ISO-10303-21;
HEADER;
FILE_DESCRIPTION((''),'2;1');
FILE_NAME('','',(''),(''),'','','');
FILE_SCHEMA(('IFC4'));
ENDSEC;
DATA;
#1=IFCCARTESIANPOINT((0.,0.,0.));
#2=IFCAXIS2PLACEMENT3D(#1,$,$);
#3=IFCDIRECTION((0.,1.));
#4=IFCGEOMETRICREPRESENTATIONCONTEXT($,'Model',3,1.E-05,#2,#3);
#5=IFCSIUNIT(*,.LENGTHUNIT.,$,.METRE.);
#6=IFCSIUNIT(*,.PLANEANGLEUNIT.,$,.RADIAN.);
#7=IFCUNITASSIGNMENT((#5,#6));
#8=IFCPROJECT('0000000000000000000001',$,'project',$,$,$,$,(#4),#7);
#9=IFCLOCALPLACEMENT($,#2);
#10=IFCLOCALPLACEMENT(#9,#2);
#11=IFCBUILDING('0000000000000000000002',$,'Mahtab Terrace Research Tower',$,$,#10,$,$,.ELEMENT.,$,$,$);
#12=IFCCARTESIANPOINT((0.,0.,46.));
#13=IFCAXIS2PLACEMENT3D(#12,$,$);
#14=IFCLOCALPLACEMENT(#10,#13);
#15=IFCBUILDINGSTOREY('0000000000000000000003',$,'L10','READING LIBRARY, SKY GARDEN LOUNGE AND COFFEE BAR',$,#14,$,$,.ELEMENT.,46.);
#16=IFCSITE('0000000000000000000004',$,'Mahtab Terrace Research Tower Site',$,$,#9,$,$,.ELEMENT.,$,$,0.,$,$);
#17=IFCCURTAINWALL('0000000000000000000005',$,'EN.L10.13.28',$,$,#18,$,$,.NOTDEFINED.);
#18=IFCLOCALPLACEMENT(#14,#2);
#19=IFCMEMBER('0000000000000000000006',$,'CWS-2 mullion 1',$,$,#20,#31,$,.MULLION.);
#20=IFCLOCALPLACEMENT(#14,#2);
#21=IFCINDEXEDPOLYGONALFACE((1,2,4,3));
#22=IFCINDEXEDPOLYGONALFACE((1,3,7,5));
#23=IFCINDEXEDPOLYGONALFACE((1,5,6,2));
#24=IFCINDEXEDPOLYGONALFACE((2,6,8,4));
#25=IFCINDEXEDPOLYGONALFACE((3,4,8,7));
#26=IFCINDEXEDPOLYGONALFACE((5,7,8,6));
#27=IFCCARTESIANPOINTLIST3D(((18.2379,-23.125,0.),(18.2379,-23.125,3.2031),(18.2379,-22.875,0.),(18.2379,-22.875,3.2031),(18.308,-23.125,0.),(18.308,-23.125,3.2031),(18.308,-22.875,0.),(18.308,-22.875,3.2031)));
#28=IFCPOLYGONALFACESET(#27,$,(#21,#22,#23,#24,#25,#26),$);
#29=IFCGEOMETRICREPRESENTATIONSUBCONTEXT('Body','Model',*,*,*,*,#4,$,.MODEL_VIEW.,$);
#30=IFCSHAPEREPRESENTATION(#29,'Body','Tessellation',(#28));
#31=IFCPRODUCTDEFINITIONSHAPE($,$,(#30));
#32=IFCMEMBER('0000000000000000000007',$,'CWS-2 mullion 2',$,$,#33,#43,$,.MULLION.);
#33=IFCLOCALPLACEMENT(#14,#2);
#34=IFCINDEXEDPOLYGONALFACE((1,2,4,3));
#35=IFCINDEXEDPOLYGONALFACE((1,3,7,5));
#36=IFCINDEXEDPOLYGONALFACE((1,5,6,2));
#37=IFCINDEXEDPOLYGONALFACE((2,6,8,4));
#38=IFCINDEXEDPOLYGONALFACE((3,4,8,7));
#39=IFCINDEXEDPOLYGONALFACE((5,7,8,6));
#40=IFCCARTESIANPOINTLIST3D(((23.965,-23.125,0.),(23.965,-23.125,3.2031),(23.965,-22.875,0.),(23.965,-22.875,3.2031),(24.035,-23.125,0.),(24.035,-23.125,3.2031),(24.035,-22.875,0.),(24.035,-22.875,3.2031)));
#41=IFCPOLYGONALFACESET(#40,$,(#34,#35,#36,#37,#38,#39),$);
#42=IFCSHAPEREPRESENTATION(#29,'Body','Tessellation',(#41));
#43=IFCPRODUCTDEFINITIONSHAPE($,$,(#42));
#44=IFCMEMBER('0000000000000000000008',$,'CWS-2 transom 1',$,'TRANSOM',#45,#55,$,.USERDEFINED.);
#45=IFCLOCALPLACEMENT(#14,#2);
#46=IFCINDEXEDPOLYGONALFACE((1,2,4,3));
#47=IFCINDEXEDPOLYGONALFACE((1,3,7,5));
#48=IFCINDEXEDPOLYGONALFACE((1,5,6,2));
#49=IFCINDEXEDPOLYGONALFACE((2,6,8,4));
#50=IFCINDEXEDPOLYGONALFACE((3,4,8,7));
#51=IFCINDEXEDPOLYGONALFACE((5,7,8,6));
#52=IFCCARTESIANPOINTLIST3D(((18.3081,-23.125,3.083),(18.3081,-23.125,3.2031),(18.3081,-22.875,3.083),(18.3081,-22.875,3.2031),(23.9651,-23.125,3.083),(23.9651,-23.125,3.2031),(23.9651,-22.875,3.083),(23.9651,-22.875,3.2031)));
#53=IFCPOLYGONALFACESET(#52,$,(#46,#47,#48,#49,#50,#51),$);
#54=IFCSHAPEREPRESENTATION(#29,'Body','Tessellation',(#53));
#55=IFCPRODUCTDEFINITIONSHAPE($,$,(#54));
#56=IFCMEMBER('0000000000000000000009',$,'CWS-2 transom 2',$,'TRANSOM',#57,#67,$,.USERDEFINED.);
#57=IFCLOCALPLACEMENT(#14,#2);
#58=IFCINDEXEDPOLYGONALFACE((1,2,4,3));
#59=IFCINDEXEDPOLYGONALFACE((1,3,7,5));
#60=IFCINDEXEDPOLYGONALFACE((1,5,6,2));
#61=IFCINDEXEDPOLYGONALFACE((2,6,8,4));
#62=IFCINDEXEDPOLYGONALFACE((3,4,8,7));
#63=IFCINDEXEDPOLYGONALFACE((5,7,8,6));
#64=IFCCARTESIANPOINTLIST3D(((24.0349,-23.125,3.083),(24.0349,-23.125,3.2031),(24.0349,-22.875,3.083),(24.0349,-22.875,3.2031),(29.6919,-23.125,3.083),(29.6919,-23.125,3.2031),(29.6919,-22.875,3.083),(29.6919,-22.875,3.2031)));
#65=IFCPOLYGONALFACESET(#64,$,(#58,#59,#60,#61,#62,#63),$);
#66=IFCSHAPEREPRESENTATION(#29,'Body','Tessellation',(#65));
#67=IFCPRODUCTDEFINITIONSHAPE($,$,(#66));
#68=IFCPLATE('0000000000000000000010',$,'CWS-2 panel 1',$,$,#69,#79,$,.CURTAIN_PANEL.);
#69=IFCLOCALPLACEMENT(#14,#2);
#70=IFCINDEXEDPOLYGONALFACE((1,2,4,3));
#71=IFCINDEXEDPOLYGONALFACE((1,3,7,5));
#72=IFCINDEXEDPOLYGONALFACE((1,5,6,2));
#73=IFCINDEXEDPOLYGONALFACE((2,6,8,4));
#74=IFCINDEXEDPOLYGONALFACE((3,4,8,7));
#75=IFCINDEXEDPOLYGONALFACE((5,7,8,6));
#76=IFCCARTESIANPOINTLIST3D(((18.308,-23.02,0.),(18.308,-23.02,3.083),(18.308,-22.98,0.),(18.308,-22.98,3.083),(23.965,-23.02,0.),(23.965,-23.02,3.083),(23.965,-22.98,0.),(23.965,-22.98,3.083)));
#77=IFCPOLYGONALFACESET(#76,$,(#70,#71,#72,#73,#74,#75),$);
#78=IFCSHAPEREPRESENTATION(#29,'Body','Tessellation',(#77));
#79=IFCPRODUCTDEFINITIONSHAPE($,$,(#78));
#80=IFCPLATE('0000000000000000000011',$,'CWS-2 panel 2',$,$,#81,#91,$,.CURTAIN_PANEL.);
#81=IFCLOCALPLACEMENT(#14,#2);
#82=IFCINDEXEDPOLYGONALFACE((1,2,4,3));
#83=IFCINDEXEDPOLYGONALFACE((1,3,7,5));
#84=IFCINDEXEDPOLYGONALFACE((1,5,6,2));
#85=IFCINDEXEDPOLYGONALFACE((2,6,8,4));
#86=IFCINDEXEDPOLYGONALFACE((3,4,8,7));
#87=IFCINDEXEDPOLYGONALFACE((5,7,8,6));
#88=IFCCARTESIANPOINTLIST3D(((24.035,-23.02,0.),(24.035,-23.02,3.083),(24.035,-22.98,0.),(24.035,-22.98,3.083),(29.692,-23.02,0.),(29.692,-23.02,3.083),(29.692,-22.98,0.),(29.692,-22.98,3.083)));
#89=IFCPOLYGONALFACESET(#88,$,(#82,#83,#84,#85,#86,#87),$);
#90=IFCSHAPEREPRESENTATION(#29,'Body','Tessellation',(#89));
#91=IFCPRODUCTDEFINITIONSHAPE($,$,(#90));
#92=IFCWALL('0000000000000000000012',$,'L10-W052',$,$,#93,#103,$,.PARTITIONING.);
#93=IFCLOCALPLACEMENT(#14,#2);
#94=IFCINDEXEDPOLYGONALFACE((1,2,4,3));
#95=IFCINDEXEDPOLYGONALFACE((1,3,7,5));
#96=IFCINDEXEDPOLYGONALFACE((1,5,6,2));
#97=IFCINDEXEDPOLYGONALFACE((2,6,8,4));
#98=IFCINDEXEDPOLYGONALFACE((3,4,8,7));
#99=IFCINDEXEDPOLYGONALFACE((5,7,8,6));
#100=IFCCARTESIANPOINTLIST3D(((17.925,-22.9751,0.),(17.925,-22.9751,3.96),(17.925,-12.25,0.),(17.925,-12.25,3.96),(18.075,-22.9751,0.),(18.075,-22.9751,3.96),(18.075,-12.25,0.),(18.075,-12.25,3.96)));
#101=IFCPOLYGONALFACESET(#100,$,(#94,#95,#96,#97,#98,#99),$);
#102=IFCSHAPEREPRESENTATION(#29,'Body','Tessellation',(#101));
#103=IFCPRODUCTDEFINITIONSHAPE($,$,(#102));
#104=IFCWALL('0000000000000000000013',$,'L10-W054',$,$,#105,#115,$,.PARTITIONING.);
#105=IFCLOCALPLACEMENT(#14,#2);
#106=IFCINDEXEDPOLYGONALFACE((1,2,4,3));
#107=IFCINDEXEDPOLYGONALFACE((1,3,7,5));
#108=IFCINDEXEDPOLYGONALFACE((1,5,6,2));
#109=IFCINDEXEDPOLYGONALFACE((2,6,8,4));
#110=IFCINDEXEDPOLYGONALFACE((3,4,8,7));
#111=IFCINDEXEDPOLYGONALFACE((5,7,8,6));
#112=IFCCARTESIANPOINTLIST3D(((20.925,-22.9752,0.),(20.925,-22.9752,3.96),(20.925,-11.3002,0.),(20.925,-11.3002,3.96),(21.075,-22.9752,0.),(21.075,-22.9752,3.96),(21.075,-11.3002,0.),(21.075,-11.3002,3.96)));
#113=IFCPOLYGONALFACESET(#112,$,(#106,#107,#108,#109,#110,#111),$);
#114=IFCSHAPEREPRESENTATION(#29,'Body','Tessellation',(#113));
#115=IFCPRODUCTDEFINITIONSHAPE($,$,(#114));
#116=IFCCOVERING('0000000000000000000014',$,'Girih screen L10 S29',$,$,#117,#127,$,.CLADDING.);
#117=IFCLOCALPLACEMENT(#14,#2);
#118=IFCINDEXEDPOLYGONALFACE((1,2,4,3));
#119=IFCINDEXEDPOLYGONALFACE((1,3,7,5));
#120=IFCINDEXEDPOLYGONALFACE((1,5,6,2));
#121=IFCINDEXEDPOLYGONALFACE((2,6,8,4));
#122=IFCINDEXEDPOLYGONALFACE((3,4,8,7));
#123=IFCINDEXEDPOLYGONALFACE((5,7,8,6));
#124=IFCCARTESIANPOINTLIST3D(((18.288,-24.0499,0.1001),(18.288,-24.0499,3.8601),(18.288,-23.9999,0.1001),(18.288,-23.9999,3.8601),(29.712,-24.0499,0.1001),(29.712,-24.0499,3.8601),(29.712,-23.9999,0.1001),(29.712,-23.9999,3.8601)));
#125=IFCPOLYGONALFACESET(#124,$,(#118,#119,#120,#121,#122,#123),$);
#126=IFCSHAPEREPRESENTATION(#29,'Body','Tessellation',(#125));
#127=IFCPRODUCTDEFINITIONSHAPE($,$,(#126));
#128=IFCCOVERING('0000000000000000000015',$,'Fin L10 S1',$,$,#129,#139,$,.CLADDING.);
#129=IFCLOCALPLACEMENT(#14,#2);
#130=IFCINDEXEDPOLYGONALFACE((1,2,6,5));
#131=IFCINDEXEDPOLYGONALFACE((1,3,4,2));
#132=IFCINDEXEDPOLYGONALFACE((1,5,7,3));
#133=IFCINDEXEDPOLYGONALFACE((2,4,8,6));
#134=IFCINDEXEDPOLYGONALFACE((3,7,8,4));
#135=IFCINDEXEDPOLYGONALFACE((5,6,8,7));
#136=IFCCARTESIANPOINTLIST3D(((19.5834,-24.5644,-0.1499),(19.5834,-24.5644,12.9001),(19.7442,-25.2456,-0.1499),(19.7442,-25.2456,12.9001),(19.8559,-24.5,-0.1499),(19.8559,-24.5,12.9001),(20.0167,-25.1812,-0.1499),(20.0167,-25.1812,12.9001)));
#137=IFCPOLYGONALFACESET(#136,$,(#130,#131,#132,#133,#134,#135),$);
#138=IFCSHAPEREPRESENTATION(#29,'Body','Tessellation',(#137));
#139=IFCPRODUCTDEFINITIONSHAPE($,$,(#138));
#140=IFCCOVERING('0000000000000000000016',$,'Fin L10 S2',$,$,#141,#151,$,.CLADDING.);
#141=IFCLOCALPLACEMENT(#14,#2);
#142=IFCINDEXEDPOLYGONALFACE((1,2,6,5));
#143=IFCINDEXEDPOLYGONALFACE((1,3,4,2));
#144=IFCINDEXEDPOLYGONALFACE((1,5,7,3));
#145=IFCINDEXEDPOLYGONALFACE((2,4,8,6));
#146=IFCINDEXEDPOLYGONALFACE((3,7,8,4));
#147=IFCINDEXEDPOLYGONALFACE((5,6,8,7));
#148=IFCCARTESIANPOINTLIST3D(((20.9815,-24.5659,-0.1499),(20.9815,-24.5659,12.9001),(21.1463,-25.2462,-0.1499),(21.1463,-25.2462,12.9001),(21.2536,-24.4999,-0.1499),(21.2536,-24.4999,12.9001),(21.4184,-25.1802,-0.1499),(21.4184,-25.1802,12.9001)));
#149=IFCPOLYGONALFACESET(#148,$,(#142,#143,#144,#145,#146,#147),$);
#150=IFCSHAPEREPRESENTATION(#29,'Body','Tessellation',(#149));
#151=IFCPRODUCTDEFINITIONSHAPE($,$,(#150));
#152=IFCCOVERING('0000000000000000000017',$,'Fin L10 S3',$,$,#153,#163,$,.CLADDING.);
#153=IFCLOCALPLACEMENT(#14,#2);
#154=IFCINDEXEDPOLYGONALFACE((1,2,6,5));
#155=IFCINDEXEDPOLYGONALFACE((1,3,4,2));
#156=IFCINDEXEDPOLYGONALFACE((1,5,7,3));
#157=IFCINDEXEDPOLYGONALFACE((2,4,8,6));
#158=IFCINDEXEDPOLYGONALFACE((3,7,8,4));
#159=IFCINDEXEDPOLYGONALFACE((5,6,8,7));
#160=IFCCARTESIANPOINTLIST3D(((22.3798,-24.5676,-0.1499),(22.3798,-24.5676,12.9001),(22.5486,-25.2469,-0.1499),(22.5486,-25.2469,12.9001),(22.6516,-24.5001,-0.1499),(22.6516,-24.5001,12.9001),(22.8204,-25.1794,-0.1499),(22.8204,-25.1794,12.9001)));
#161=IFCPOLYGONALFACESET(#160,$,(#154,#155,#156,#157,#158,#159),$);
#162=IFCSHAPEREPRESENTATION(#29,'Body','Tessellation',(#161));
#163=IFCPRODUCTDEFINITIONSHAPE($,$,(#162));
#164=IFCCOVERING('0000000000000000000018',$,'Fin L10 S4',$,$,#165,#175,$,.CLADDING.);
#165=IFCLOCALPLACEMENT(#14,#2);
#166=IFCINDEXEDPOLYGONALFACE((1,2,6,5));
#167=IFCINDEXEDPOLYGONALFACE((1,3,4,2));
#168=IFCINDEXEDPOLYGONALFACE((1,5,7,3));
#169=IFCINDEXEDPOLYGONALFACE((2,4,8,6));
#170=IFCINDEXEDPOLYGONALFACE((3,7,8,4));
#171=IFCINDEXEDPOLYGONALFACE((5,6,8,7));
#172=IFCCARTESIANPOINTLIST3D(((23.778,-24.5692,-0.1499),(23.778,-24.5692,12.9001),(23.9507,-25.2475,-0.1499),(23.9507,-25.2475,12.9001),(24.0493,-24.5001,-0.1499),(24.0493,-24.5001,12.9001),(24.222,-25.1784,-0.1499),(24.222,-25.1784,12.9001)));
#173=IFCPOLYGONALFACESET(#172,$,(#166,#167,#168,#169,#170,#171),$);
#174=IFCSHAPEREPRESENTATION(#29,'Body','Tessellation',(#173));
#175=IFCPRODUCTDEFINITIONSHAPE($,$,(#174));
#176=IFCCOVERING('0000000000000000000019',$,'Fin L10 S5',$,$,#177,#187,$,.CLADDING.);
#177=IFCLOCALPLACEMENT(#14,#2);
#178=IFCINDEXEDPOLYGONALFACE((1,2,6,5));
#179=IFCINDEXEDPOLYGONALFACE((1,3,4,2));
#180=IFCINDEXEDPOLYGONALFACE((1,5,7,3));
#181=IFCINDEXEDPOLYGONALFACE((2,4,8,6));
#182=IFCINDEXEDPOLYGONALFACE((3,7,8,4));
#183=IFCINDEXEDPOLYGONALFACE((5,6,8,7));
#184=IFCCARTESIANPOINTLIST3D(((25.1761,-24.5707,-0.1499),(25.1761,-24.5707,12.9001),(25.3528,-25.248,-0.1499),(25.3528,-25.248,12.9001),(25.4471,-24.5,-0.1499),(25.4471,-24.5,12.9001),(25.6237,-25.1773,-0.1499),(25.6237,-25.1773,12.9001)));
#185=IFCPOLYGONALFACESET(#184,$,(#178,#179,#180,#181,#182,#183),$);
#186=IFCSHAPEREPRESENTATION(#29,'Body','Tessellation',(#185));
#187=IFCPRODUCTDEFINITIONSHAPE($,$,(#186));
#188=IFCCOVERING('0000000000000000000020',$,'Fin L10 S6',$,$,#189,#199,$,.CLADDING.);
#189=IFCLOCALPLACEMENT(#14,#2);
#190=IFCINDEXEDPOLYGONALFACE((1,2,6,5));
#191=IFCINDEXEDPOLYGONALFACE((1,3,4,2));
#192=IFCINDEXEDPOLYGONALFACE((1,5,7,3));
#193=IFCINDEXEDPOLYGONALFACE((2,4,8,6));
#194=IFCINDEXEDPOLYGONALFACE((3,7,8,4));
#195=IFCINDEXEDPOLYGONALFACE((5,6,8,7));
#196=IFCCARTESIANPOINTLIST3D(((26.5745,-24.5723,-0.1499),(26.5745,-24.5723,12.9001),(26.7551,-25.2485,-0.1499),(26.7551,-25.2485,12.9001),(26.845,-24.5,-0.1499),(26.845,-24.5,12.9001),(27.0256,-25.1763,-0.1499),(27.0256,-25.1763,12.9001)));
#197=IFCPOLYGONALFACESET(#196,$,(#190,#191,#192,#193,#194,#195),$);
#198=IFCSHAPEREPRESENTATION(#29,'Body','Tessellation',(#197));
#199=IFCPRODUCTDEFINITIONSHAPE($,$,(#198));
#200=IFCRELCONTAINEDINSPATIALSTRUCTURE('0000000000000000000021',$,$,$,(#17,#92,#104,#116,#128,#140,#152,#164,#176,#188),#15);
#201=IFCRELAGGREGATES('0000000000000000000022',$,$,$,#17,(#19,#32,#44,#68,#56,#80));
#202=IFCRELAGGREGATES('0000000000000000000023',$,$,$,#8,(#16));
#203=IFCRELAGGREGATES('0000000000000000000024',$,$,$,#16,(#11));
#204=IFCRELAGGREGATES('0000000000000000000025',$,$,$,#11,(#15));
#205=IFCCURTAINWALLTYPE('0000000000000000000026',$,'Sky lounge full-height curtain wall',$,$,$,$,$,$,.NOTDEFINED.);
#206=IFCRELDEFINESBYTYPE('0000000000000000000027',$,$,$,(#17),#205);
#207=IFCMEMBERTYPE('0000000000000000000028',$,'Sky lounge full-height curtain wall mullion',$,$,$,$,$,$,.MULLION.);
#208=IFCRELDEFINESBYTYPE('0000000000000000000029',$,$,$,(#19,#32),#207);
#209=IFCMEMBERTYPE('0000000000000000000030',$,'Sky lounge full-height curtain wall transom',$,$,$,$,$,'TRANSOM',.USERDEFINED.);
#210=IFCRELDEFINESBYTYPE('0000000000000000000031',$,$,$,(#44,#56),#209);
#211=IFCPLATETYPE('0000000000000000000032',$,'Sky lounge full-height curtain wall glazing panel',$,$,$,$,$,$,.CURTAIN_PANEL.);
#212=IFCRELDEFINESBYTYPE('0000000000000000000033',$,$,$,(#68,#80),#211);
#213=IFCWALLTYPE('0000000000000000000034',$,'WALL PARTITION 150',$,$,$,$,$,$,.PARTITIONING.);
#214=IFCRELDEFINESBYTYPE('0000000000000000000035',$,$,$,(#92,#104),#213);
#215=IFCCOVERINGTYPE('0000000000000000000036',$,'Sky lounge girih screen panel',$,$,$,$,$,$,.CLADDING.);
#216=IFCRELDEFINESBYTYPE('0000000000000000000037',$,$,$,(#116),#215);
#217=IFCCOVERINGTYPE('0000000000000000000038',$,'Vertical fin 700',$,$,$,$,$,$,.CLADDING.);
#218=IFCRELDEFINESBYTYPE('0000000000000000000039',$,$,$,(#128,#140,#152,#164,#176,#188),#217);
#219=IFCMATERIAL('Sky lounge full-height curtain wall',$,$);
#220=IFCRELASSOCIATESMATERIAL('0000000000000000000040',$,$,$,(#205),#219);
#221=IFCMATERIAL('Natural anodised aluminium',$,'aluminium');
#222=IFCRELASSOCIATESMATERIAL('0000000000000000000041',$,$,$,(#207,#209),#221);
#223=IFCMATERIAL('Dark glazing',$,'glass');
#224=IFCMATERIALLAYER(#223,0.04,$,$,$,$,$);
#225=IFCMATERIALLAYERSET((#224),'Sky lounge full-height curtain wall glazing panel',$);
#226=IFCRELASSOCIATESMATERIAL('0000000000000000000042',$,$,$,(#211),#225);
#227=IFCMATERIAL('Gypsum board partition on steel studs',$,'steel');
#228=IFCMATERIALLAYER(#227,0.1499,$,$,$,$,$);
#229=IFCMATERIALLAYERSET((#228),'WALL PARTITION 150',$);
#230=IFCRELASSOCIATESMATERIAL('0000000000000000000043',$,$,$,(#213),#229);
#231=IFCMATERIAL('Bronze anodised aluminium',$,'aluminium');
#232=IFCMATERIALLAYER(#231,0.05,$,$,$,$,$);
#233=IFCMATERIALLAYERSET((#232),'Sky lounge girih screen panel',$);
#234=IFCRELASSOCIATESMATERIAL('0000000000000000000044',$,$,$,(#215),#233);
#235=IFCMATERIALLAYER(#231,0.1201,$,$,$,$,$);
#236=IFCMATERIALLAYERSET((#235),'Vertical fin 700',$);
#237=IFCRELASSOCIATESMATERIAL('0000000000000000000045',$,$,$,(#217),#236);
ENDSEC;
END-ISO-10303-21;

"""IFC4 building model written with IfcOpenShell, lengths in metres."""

from ifc_helpers import new_model, si_unit, direction, frame, frame_2d, origin, origin_2d, place, context, subcontext, project, spatial, rectangle, extrude, material, layer, layer_set, material_profile, profile_set, type_object, element, aggregate, save


model = new_model("IFC4")

# Units and contexts
model_context = context("Model", 3, precision=1e-05, world=origin(), true_north=direction((0.0, 1.0)))
body_context = subcontext(model_context, "Body", "Model", "MODEL_VIEW")
ifc_project = project(units=[si_unit("LENGTHUNIT", "METRE"), si_unit("PLANEANGLEUNIT", "RADIAN")], contexts=[model_context])

# Site, building, storey
site_placement = place(None, origin())
site = spatial("IfcSite", under=ifc_project, at=site_placement, Name="Mahtab Terrace Research Tower Site", CompositionType="ELEMENT", RefElevation=0.0)
building_placement = place(site_placement, origin())
building = spatial("IfcBuilding", under=site, at=building_placement, Name="Mahtab Terrace Research Tower", CompositionType="ELEMENT")
storey_placement = place(building_placement, frame((0.0, 0.0, 46.0)))
storey = spatial("IfcBuildingStorey", under=building, at=storey_placement, Name="L10", Description="READING LIBRARY, SKY GARDEN LOUNGE AND COFFEE BAR", CompositionType="ELEMENT", Elevation=46.0)

# Curtain wall, members, plates
ifc_material_1 = material(Name="Sky lounge full-height curtain wall")
curtain_wall_type = type_object("IfcCurtainWallType", Name="Sky lounge full-height curtain wall", PredefinedType="NOTDEFINED", material=ifc_material_1)
curtain_wall_placement = place(storey_placement, origin())
curtain_wall = element("IfcCurtainWall", 1, at=curtain_wall_placement, inside=storey, type_object=curtain_wall_type, Name="EN.L10.13.28", PredefinedType="NOTDEFINED")
ifc_material_2 = material(Name="Natural anodised aluminium", Category="aluminium")
ifc_material_profile_1 = material_profile(ifc_material_2, rectangle(XDim=0.25, YDim=0.0701, at=origin_2d()), Name="MULLION 70x250")
ifc_profile_set_1 = profile_set([ifc_material_profile_1], Name="Natural anodised aluminium")
member_type_1 = type_object("IfcMemberType", Name="Sky lounge full-height curtain wall mullion", PredefinedType="MULLION", material=ifc_profile_set_1)
member_1_placement = place(storey_placement, frame((18.2729, -23.0, 0.0), z_axis=(0.0, 0.0, 1.0), x_axis=(0.0, 1.0, 0.0)))
member_1 = element("IfcMember", 2, at=member_1_placement, type_object=member_type_1, Name="CWS-2 mullion 1", PredefinedType="MULLION", context=body_context, shape_type="SweptSolid", body=[
    extrude(rectangle(XDim=0.25, YDim=0.0701, at=origin_2d()), origin(), (0.0, 0.0, 1.0), 3.2031),
])
member_2_placement = place(storey_placement, frame((24.0, -23.0, 0.0), z_axis=(0.0, 0.0, 1.0), x_axis=(0.0, 1.0, 0.0)))
member_2 = element("IfcMember", 3, at=member_2_placement, type_object=member_type_1, Name="CWS-2 mullion 2", PredefinedType="MULLION", context=body_context, shape_type="SweptSolid", body=[
    extrude(rectangle(XDim=0.25, YDim=0.0701, at=origin_2d()), origin(), (0.0, 0.0, 1.0), 3.2031),
])
ifc_material_profile_2 = material_profile(ifc_material_2, rectangle(XDim=0.25, YDim=0.1201, at=origin_2d()), Name="TRANSOM 120x250")
ifc_profile_set_2 = profile_set([ifc_material_profile_2], Name="Natural anodised aluminium")
member_type_2 = type_object("IfcMemberType", Name="Sky lounge full-height curtain wall transom", ElementType="TRANSOM", PredefinedType="USERDEFINED", material=ifc_profile_set_2)
member_3_placement = place(storey_placement, frame((18.3081, -23.0, 3.1431), z_axis=(1.0, 0.0, 0.0), x_axis=(0.0, 1.0, 0.0)))
member_3 = element("IfcMember", 4, at=member_3_placement, type_object=member_type_2, Name="CWS-2 transom 1", ObjectType="TRANSOM", PredefinedType="USERDEFINED", context=body_context, shape_type="SweptSolid", body=[
    extrude(rectangle(XDim=0.25, YDim=0.1201, at=origin_2d()), origin(), (0.0, 0.0, 1.0), 5.657),
])
member_4_placement = place(storey_placement, frame((24.0349, -23.0, 3.1431), z_axis=(1.0, 0.0, 0.0), x_axis=(0.0, 1.0, 0.0)))
member_4 = element("IfcMember", 5, at=member_4_placement, type_object=member_type_2, Name="CWS-2 transom 2", ObjectType="TRANSOM", PredefinedType="USERDEFINED", context=body_context, shape_type="SweptSolid", body=[
    extrude(rectangle(XDim=0.25, YDim=0.1201, at=origin_2d()), origin(), (0.0, 0.0, 1.0), 5.657),
])
ifc_material_3 = material(Name="Dark glazing", Category="glass")
ifc_layer_1 = layer(ifc_material_3, 0.04)
ifc_layer_set_1 = layer_set([ifc_layer_1], Name="Sky lounge full-height curtain wall glazing panel")
plate_type = type_object("IfcPlateType", Name="Sky lounge full-height curtain wall glazing panel", PredefinedType="CURTAIN_PANEL", material=ifc_layer_set_1)
plate_1_placement = place(storey_placement, frame((21.1365, -23.0, 0.0), z_axis=(0.0, 0.0, 1.0), x_axis=(1.0, 0.0, 0.0)))
plate_1 = element("IfcPlate", 6, at=plate_1_placement, type_object=plate_type, Name="CWS-2 panel 1", PredefinedType="CURTAIN_PANEL", context=body_context, shape_type="SweptSolid", body=[
    extrude(rectangle(XDim=5.657, YDim=0.04, at=origin_2d()), origin(), (0.0, 0.0, 1.0), 3.083),
])
plate_2_placement = place(storey_placement, frame((26.8635, -23.0, 0.0), z_axis=(0.0, 0.0, 1.0), x_axis=(1.0, 0.0, 0.0)))
plate_2 = element("IfcPlate", 7, at=plate_2_placement, type_object=plate_type, Name="CWS-2 panel 2", PredefinedType="CURTAIN_PANEL", context=body_context, shape_type="SweptSolid", body=[
    extrude(rectangle(XDim=5.657, YDim=0.04, at=origin_2d()), origin(), (0.0, 0.0, 1.0), 3.083),
])
aggregate(curtain_wall, [member_1, member_2, member_3, plate_1, member_4, plate_2])

# Walls
ifc_material_4 = material(Name="Gypsum board partition on steel studs", Category="steel")
ifc_layer_2 = layer(ifc_material_4, 0.1499)
ifc_layer_set_2 = layer_set([ifc_layer_2], Name="WALL PARTITION 150")
wall_type = type_object("IfcWallType", Name="WALL PARTITION 150", PredefinedType="PARTITIONING", material=ifc_layer_set_2)
wall_1_placement = place(storey_placement, frame((18.0, -22.9751, 0.0), z_axis=(0.0, 0.0, 1.0), x_axis=(0.0, 1.0, 0.0)))
element("IfcWall", 8, at=wall_1_placement, inside=storey, type_object=wall_type, Name="L10-W052", PredefinedType="PARTITIONING", context=body_context, shape_type="SweptSolid", body=[
    extrude(rectangle(XDim=10.7251, YDim=0.1499, at=frame_2d((5.3625, 0.0))), origin(), (0.0, 0.0, 1.0), 3.96),
])
wall_2_placement = place(storey_placement, frame((21.0, -22.9751, 0.0), z_axis=(0.0, 0.0, 1.0), x_axis=(0.0, 1.0, 0.0)))
element("IfcWall", 9, at=wall_2_placement, inside=storey, type_object=wall_type, Name="L10-W054", PredefinedType="PARTITIONING", context=body_context, shape_type="SweptSolid", body=[
    extrude(rectangle(XDim=11.675, YDim=0.1499, at=frame_2d((5.8374, 0.0))), origin(), (0.0, 0.0, 1.0), 3.96),
])

# Coverings
ifc_material_5 = material(Name="Bronze anodised aluminium", Category="aluminium")
ifc_layer_3 = layer(ifc_material_5, 0.05)
ifc_layer_set_3 = layer_set([ifc_layer_3], Name="Sky lounge girih screen panel")
covering_type_1 = type_object("IfcCoveringType", Name="Sky lounge girih screen panel", PredefinedType="CLADDING", material=ifc_layer_set_3)
covering_placement = place(storey_placement, frame((24.0, -24.0249, 0.1001), z_axis=(0.0, 0.0, 1.0), x_axis=(1.0, 0.0, 0.0)))
element("IfcCovering", 10, at=covering_placement, inside=storey, type_object=covering_type_1, Name="Girih screen L10 S29", PredefinedType="CLADDING", context=body_context, shape_type="SweptSolid", body=[
    extrude(rectangle(XDim=11.4241, YDim=0.05, at=origin_2d()), origin(), (0.0, 0.0, 1.0), 3.76),
])
ifc_layer_4 = layer(ifc_material_5, 0.1201)
ifc_layer_set_4 = layer_set([ifc_layer_4], Name="Vertical fin 700")
covering_type_2 = type_object("IfcCoveringType", Name="Vertical fin 700", PredefinedType="CLADDING", material=ifc_layer_set_4)
for number, where, z_axis, x_axis, name in (
    (11, (19.8, -24.8728, -0.1499), (0.0, 0.0, 1.0), (0.973236, 0.229807, 0.0), "Fin L10 S1"),
    (12, (21.2, -24.873, -0.1499), (0.0, 0.0, 1.0), (0.971883, 0.235465, 0.0), "Fin L10 S2"),
    (13, (22.6001, -24.8735, -0.1499), (0.0, 0.0, 1.0), (0.970496, 0.241115, 0.0), "Fin L10 S3"),
    (14, (24.0, -24.8738, -0.1499), (0.0, 0.0, 1.0), (0.969077, 0.246757, 0.0), "Fin L10 S4"),
    (15, (25.3999, -24.874, -0.1499), (0.0, 0.0, 1.0), (0.967625, 0.252391, 0.0), "Fin L10 S5"),
    (16, (26.8, -24.8743, -0.1499), (0.0, 0.0, 1.0), (0.966141, 0.258016, 0.0), "Fin L10 S6"),
):
    element("IfcCovering", number, at=place(storey_placement, frame(where, z_axis=z_axis, x_axis=x_axis)), inside=storey, type_object=covering_type_2, Name=name, PredefinedType="CLADDING", context=body_context, shape_type="SweptSolid", body=[
        extrude(rectangle(XDim=0.28, YDim=0.7, at=origin_2d()), origin(), (0.0, 0.0, 1.0), 13.05),
    ])

save(model, "model.ifc")
